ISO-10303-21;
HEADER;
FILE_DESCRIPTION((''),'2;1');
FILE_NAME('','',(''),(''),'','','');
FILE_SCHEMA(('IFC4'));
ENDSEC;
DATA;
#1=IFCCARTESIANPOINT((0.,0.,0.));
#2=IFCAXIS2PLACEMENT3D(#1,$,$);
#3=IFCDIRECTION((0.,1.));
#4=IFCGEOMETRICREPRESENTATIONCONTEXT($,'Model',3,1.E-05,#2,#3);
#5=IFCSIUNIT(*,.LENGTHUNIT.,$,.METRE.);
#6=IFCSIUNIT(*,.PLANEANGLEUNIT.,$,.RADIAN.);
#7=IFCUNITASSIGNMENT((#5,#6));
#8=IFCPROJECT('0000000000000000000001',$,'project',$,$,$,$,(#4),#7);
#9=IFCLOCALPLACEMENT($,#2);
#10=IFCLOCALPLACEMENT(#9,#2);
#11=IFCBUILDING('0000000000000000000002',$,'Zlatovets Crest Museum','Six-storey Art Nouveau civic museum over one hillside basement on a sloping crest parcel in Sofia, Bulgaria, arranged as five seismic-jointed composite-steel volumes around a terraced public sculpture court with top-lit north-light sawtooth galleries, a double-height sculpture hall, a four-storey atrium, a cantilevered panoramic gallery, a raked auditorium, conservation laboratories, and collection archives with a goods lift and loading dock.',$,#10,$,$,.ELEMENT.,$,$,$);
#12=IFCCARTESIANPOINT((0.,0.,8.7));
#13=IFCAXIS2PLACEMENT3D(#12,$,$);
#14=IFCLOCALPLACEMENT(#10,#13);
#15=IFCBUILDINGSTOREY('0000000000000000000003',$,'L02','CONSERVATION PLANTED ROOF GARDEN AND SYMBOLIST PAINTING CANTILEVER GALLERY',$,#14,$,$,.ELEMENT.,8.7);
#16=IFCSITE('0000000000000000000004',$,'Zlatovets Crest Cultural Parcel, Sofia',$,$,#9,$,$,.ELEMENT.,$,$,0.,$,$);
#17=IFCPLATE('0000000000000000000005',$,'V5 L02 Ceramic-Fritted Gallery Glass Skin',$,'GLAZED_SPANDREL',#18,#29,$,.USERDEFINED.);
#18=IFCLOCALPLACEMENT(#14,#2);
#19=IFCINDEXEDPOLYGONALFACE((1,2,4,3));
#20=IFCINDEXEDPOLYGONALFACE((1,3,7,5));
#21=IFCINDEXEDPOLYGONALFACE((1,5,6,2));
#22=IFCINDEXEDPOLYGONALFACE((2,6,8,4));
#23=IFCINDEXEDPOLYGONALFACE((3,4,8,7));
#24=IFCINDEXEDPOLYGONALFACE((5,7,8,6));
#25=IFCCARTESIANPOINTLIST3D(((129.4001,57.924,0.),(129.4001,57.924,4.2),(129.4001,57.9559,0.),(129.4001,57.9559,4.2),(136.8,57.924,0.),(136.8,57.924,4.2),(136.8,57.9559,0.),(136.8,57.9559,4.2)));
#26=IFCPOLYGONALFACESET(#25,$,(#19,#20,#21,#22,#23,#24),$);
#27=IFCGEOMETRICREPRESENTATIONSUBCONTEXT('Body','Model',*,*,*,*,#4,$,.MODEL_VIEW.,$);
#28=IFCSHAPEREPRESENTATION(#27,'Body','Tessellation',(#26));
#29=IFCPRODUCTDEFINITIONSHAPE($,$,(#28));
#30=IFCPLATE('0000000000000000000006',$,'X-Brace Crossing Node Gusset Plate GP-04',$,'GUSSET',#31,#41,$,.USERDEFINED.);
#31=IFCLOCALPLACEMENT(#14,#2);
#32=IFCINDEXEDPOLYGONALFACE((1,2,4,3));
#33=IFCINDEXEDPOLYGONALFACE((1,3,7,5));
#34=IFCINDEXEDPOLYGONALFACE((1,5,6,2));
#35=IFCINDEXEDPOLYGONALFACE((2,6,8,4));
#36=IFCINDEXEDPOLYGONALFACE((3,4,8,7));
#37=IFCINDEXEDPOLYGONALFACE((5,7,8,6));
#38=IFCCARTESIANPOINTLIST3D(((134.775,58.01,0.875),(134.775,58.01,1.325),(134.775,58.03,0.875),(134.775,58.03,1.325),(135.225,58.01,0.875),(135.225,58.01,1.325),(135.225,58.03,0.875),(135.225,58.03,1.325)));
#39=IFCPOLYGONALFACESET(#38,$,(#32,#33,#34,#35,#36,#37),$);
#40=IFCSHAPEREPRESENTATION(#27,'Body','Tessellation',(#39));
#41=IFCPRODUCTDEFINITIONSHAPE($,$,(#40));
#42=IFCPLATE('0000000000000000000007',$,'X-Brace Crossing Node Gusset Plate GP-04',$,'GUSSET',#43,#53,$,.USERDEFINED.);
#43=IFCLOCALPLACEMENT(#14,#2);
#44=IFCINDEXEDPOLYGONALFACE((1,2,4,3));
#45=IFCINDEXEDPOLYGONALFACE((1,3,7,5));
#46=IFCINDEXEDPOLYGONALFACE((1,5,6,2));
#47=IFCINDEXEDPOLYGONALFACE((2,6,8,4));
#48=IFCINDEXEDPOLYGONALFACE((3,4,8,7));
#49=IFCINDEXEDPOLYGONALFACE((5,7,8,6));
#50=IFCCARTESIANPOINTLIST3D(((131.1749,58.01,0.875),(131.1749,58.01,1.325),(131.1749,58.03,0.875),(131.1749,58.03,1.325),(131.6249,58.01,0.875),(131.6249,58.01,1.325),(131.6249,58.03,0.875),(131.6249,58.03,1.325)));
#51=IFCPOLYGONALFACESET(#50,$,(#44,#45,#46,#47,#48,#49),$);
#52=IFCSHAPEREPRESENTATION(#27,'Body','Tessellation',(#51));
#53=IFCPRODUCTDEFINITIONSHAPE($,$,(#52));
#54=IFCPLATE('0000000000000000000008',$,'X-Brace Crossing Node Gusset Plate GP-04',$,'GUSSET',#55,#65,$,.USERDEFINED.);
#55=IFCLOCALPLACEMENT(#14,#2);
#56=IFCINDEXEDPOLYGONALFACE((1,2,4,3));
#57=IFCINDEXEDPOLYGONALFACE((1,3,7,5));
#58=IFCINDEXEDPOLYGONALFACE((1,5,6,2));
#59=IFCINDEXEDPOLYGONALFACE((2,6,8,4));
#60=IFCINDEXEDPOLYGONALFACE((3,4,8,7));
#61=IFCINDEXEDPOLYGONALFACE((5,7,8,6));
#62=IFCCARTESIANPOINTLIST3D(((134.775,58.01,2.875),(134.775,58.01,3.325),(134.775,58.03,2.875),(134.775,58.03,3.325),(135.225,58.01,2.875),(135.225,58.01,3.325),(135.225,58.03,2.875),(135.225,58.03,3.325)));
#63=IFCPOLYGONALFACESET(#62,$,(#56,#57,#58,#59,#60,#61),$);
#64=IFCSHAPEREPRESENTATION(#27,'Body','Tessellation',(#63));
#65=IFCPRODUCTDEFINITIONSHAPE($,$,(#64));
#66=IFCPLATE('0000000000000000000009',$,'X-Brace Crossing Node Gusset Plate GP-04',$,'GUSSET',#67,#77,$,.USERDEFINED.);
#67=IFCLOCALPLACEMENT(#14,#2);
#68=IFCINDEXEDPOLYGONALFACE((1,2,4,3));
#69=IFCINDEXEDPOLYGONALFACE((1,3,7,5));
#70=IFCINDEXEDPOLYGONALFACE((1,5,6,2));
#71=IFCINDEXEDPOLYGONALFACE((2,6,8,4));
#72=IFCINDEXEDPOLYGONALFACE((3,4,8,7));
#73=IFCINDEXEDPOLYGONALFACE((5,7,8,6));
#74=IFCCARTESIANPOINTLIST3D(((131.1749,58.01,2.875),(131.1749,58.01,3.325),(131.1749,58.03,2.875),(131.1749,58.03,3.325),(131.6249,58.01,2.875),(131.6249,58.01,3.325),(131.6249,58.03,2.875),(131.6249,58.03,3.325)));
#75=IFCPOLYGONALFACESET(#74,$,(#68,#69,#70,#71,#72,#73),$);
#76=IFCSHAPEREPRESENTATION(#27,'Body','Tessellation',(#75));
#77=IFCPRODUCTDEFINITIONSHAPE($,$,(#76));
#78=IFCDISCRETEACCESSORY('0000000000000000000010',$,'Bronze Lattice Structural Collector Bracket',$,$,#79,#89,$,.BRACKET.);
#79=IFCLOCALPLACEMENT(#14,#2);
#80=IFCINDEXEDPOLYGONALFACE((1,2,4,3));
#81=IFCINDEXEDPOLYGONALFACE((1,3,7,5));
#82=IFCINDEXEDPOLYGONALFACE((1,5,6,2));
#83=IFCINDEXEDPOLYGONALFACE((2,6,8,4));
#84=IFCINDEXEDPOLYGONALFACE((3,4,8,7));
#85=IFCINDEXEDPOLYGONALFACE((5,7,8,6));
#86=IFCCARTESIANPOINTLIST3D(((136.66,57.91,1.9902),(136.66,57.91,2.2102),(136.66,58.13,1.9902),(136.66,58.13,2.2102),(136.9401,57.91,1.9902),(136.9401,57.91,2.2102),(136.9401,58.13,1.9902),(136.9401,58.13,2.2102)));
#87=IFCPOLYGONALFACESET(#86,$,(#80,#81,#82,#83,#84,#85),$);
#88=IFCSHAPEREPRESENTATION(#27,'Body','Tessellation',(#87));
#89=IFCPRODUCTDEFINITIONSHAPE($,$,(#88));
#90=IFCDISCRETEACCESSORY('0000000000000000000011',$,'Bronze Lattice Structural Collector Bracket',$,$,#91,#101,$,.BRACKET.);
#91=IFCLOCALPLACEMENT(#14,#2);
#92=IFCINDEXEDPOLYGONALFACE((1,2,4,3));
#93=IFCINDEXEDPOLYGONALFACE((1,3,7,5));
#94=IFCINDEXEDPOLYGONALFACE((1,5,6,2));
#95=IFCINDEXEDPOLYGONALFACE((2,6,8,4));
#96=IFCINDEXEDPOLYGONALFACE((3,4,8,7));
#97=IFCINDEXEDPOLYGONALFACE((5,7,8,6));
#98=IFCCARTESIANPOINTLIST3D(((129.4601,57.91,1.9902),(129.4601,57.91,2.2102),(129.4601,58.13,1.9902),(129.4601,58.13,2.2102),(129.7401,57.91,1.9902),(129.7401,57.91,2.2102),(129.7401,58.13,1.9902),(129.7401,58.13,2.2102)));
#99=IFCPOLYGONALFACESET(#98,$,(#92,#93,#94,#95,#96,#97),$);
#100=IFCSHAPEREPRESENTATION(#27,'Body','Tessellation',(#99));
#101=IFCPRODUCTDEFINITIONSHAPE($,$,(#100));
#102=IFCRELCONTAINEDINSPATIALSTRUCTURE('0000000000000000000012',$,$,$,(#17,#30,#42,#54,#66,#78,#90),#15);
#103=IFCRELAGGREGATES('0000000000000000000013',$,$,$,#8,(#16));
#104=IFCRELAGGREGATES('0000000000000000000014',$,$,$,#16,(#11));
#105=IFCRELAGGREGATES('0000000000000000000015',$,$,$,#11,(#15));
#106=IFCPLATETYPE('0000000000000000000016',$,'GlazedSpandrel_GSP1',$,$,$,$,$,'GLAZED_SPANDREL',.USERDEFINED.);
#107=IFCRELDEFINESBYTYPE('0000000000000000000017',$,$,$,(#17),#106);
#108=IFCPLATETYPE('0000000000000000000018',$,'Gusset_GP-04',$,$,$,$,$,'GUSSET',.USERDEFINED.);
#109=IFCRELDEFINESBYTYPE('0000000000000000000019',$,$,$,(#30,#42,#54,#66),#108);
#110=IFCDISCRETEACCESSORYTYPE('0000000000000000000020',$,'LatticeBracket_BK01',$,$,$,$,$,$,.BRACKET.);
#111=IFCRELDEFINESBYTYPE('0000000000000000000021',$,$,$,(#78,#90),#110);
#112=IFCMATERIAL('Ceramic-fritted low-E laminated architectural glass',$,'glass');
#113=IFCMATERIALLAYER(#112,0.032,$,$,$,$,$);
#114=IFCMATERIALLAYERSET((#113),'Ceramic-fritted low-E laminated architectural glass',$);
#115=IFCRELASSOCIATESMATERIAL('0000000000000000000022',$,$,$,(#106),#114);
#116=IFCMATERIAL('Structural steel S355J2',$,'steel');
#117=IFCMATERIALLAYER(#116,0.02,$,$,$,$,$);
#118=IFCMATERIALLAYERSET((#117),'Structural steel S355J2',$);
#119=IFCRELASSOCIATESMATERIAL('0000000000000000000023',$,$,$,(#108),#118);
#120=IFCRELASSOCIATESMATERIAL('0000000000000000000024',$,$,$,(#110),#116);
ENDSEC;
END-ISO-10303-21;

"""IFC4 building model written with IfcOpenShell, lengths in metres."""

from ifc_helpers import new_model, si_unit, direction, frame, origin, origin_2d, place, context, subcontext, project, spatial, rectangle, extrude, material, layer, layer_set, type_object, element, save


model = new_model("IFC4")

# Units and contexts
model_context = context("Model", 3, precision=1e-05, world=origin(), true_north=direction((0.0, 1.0)))
body_context = subcontext(model_context, "Body", "Model", "MODEL_VIEW")
ifc_project = project(units=[si_unit("LENGTHUNIT", "METRE"), si_unit("PLANEANGLEUNIT", "RADIAN")], contexts=[model_context])

# Site, building, storey
site_placement = place(None, origin())
site = spatial("IfcSite", under=ifc_project, at=site_placement, Name="Zlatovets Crest Cultural Parcel, Sofia", CompositionType="ELEMENT", RefElevation=0.0)
building_placement = place(site_placement, origin())
building = spatial("IfcBuilding", under=site, at=building_placement, Name="Zlatovets Crest Museum", Description="Six-storey Art Nouveau civic museum over one hillside basement on a sloping crest parcel in Sofia, Bulgaria, arranged as five seismic-jointed composite-steel volumes around a terraced public sculpture court with top-lit north-light sawtooth galleries, a double-height sculpture hall, a four-storey atrium, a cantilevered panoramic gallery, a raked auditorium, conservation laboratories, and collection archives with a goods lift and loading dock.", CompositionType="ELEMENT")
storey_placement = place(building_placement, frame((0.0, 0.0, 8.7)))
storey = spatial("IfcBuildingStorey", under=building, at=storey_placement, Name="L02", Description="CONSERVATION PLANTED ROOF GARDEN AND SYMBOLIST PAINTING CANTILEVER GALLERY", CompositionType="ELEMENT", Elevation=8.7)

# Shared definitions
ifc_material_1 = material(Name="Structural steel S355J2", Category="steel")

# Plates
ifc_material_2 = material(Name="Ceramic-fritted low-E laminated architectural glass", Category="glass")
ifc_layer_1 = layer(ifc_material_2, 0.032)
ifc_layer_set_1 = layer_set([ifc_layer_1], Name="Ceramic-fritted low-E laminated architectural glass")
plate_type_1 = type_object("IfcPlateType", Name="GlazedSpandrel_GSP1", ElementType="GLAZED_SPANDREL", PredefinedType="USERDEFINED", material=ifc_layer_set_1)
plate_placement = place(storey_placement, frame((133.1001, 57.9399, 0.0), z_axis=(0.0, 0.0, 1.0), x_axis=(1.0, 0.0, 0.0)))
element("IfcPlate", 1, at=plate_placement, inside=storey, type_object=plate_type_1, Name="V5 L02 Ceramic-Fritted Gallery Glass Skin", ObjectType="GLAZED_SPANDREL", PredefinedType="USERDEFINED", context=body_context, shape_type="SweptSolid", body=[
    extrude(rectangle(XDim=7.3999, YDim=0.032, at=origin_2d()), origin(), (0.0, 0.0, 1.0), 4.2),
])
ifc_layer_2 = layer(ifc_material_1, 0.02)
ifc_layer_set_2 = layer_set([ifc_layer_2], Name="Structural steel S355J2")
plate_type_2 = type_object("IfcPlateType", Name="Gusset_GP-04", ElementType="GUSSET", PredefinedType="USERDEFINED", material=ifc_layer_set_2)
for number, where, z_axis, x_axis, name in (
    (2, (135.0, 58.02, 0.875), (0.0, 0.0, 1.0), (1.0, 0.0, 0.0), "X-Brace Crossing Node Gusset Plate GP-04"),
    (3, (131.3999, 58.02, 0.875), (0.0, 0.0, 1.0), (1.0, 0.0, 0.0), "X-Brace Crossing Node Gusset Plate GP-04"),
    (4, (135.0, 58.02, 2.875), (0.0, 0.0, 1.0), (1.0, 0.0, 0.0), "X-Brace Crossing Node Gusset Plate GP-04"),
    (5, (131.3999, 58.02, 2.875), (0.0, 0.0, 1.0), (1.0, 0.0, 0.0), "X-Brace Crossing Node Gusset Plate GP-04"),
):
    element("IfcPlate", number, at=place(storey_placement, frame(where, z_axis=z_axis, x_axis=x_axis)), inside=storey, type_object=plate_type_2, Name=name, ObjectType="GUSSET", PredefinedType="USERDEFINED", context=body_context, shape_type="SweptSolid", body=[
        extrude(rectangle(XDim=0.45, YDim=0.02, at=origin_2d()), origin(), (0.0, 0.0, 1.0), 0.45),
    ])

# Discrete accessories
discrete_accessory_type = type_object("IfcDiscreteAccessoryType", Name="LatticeBracket_BK01", PredefinedType="BRACKET", material=ifc_material_1)
for number, where, z_axis, x_axis, name in (
    (6, (136.8, 58.02, 1.9902), (0.0, 0.0, 1.0), (1.0, 0.0, 0.0), "Bronze Lattice Structural Collector Bracket"),
    (7, (129.6001, 58.02, 1.9902), (0.0, 0.0, 1.0), (1.0, 0.0, 0.0), "Bronze Lattice Structural Collector Bracket"),
):
    element("IfcDiscreteAccessory", number, at=place(storey_placement, frame(where, z_axis=z_axis, x_axis=x_axis)), inside=storey, type_object=discrete_accessory_type, Name=name, PredefinedType="BRACKET", context=body_context, shape_type="SweptSolid", body=[
        extrude(rectangle(XDim=0.28, YDim=0.22, at=origin_2d()), origin(), (0.0, 0.0, 1.0), 0.22),
    ])

save(model, "model.ifc")
